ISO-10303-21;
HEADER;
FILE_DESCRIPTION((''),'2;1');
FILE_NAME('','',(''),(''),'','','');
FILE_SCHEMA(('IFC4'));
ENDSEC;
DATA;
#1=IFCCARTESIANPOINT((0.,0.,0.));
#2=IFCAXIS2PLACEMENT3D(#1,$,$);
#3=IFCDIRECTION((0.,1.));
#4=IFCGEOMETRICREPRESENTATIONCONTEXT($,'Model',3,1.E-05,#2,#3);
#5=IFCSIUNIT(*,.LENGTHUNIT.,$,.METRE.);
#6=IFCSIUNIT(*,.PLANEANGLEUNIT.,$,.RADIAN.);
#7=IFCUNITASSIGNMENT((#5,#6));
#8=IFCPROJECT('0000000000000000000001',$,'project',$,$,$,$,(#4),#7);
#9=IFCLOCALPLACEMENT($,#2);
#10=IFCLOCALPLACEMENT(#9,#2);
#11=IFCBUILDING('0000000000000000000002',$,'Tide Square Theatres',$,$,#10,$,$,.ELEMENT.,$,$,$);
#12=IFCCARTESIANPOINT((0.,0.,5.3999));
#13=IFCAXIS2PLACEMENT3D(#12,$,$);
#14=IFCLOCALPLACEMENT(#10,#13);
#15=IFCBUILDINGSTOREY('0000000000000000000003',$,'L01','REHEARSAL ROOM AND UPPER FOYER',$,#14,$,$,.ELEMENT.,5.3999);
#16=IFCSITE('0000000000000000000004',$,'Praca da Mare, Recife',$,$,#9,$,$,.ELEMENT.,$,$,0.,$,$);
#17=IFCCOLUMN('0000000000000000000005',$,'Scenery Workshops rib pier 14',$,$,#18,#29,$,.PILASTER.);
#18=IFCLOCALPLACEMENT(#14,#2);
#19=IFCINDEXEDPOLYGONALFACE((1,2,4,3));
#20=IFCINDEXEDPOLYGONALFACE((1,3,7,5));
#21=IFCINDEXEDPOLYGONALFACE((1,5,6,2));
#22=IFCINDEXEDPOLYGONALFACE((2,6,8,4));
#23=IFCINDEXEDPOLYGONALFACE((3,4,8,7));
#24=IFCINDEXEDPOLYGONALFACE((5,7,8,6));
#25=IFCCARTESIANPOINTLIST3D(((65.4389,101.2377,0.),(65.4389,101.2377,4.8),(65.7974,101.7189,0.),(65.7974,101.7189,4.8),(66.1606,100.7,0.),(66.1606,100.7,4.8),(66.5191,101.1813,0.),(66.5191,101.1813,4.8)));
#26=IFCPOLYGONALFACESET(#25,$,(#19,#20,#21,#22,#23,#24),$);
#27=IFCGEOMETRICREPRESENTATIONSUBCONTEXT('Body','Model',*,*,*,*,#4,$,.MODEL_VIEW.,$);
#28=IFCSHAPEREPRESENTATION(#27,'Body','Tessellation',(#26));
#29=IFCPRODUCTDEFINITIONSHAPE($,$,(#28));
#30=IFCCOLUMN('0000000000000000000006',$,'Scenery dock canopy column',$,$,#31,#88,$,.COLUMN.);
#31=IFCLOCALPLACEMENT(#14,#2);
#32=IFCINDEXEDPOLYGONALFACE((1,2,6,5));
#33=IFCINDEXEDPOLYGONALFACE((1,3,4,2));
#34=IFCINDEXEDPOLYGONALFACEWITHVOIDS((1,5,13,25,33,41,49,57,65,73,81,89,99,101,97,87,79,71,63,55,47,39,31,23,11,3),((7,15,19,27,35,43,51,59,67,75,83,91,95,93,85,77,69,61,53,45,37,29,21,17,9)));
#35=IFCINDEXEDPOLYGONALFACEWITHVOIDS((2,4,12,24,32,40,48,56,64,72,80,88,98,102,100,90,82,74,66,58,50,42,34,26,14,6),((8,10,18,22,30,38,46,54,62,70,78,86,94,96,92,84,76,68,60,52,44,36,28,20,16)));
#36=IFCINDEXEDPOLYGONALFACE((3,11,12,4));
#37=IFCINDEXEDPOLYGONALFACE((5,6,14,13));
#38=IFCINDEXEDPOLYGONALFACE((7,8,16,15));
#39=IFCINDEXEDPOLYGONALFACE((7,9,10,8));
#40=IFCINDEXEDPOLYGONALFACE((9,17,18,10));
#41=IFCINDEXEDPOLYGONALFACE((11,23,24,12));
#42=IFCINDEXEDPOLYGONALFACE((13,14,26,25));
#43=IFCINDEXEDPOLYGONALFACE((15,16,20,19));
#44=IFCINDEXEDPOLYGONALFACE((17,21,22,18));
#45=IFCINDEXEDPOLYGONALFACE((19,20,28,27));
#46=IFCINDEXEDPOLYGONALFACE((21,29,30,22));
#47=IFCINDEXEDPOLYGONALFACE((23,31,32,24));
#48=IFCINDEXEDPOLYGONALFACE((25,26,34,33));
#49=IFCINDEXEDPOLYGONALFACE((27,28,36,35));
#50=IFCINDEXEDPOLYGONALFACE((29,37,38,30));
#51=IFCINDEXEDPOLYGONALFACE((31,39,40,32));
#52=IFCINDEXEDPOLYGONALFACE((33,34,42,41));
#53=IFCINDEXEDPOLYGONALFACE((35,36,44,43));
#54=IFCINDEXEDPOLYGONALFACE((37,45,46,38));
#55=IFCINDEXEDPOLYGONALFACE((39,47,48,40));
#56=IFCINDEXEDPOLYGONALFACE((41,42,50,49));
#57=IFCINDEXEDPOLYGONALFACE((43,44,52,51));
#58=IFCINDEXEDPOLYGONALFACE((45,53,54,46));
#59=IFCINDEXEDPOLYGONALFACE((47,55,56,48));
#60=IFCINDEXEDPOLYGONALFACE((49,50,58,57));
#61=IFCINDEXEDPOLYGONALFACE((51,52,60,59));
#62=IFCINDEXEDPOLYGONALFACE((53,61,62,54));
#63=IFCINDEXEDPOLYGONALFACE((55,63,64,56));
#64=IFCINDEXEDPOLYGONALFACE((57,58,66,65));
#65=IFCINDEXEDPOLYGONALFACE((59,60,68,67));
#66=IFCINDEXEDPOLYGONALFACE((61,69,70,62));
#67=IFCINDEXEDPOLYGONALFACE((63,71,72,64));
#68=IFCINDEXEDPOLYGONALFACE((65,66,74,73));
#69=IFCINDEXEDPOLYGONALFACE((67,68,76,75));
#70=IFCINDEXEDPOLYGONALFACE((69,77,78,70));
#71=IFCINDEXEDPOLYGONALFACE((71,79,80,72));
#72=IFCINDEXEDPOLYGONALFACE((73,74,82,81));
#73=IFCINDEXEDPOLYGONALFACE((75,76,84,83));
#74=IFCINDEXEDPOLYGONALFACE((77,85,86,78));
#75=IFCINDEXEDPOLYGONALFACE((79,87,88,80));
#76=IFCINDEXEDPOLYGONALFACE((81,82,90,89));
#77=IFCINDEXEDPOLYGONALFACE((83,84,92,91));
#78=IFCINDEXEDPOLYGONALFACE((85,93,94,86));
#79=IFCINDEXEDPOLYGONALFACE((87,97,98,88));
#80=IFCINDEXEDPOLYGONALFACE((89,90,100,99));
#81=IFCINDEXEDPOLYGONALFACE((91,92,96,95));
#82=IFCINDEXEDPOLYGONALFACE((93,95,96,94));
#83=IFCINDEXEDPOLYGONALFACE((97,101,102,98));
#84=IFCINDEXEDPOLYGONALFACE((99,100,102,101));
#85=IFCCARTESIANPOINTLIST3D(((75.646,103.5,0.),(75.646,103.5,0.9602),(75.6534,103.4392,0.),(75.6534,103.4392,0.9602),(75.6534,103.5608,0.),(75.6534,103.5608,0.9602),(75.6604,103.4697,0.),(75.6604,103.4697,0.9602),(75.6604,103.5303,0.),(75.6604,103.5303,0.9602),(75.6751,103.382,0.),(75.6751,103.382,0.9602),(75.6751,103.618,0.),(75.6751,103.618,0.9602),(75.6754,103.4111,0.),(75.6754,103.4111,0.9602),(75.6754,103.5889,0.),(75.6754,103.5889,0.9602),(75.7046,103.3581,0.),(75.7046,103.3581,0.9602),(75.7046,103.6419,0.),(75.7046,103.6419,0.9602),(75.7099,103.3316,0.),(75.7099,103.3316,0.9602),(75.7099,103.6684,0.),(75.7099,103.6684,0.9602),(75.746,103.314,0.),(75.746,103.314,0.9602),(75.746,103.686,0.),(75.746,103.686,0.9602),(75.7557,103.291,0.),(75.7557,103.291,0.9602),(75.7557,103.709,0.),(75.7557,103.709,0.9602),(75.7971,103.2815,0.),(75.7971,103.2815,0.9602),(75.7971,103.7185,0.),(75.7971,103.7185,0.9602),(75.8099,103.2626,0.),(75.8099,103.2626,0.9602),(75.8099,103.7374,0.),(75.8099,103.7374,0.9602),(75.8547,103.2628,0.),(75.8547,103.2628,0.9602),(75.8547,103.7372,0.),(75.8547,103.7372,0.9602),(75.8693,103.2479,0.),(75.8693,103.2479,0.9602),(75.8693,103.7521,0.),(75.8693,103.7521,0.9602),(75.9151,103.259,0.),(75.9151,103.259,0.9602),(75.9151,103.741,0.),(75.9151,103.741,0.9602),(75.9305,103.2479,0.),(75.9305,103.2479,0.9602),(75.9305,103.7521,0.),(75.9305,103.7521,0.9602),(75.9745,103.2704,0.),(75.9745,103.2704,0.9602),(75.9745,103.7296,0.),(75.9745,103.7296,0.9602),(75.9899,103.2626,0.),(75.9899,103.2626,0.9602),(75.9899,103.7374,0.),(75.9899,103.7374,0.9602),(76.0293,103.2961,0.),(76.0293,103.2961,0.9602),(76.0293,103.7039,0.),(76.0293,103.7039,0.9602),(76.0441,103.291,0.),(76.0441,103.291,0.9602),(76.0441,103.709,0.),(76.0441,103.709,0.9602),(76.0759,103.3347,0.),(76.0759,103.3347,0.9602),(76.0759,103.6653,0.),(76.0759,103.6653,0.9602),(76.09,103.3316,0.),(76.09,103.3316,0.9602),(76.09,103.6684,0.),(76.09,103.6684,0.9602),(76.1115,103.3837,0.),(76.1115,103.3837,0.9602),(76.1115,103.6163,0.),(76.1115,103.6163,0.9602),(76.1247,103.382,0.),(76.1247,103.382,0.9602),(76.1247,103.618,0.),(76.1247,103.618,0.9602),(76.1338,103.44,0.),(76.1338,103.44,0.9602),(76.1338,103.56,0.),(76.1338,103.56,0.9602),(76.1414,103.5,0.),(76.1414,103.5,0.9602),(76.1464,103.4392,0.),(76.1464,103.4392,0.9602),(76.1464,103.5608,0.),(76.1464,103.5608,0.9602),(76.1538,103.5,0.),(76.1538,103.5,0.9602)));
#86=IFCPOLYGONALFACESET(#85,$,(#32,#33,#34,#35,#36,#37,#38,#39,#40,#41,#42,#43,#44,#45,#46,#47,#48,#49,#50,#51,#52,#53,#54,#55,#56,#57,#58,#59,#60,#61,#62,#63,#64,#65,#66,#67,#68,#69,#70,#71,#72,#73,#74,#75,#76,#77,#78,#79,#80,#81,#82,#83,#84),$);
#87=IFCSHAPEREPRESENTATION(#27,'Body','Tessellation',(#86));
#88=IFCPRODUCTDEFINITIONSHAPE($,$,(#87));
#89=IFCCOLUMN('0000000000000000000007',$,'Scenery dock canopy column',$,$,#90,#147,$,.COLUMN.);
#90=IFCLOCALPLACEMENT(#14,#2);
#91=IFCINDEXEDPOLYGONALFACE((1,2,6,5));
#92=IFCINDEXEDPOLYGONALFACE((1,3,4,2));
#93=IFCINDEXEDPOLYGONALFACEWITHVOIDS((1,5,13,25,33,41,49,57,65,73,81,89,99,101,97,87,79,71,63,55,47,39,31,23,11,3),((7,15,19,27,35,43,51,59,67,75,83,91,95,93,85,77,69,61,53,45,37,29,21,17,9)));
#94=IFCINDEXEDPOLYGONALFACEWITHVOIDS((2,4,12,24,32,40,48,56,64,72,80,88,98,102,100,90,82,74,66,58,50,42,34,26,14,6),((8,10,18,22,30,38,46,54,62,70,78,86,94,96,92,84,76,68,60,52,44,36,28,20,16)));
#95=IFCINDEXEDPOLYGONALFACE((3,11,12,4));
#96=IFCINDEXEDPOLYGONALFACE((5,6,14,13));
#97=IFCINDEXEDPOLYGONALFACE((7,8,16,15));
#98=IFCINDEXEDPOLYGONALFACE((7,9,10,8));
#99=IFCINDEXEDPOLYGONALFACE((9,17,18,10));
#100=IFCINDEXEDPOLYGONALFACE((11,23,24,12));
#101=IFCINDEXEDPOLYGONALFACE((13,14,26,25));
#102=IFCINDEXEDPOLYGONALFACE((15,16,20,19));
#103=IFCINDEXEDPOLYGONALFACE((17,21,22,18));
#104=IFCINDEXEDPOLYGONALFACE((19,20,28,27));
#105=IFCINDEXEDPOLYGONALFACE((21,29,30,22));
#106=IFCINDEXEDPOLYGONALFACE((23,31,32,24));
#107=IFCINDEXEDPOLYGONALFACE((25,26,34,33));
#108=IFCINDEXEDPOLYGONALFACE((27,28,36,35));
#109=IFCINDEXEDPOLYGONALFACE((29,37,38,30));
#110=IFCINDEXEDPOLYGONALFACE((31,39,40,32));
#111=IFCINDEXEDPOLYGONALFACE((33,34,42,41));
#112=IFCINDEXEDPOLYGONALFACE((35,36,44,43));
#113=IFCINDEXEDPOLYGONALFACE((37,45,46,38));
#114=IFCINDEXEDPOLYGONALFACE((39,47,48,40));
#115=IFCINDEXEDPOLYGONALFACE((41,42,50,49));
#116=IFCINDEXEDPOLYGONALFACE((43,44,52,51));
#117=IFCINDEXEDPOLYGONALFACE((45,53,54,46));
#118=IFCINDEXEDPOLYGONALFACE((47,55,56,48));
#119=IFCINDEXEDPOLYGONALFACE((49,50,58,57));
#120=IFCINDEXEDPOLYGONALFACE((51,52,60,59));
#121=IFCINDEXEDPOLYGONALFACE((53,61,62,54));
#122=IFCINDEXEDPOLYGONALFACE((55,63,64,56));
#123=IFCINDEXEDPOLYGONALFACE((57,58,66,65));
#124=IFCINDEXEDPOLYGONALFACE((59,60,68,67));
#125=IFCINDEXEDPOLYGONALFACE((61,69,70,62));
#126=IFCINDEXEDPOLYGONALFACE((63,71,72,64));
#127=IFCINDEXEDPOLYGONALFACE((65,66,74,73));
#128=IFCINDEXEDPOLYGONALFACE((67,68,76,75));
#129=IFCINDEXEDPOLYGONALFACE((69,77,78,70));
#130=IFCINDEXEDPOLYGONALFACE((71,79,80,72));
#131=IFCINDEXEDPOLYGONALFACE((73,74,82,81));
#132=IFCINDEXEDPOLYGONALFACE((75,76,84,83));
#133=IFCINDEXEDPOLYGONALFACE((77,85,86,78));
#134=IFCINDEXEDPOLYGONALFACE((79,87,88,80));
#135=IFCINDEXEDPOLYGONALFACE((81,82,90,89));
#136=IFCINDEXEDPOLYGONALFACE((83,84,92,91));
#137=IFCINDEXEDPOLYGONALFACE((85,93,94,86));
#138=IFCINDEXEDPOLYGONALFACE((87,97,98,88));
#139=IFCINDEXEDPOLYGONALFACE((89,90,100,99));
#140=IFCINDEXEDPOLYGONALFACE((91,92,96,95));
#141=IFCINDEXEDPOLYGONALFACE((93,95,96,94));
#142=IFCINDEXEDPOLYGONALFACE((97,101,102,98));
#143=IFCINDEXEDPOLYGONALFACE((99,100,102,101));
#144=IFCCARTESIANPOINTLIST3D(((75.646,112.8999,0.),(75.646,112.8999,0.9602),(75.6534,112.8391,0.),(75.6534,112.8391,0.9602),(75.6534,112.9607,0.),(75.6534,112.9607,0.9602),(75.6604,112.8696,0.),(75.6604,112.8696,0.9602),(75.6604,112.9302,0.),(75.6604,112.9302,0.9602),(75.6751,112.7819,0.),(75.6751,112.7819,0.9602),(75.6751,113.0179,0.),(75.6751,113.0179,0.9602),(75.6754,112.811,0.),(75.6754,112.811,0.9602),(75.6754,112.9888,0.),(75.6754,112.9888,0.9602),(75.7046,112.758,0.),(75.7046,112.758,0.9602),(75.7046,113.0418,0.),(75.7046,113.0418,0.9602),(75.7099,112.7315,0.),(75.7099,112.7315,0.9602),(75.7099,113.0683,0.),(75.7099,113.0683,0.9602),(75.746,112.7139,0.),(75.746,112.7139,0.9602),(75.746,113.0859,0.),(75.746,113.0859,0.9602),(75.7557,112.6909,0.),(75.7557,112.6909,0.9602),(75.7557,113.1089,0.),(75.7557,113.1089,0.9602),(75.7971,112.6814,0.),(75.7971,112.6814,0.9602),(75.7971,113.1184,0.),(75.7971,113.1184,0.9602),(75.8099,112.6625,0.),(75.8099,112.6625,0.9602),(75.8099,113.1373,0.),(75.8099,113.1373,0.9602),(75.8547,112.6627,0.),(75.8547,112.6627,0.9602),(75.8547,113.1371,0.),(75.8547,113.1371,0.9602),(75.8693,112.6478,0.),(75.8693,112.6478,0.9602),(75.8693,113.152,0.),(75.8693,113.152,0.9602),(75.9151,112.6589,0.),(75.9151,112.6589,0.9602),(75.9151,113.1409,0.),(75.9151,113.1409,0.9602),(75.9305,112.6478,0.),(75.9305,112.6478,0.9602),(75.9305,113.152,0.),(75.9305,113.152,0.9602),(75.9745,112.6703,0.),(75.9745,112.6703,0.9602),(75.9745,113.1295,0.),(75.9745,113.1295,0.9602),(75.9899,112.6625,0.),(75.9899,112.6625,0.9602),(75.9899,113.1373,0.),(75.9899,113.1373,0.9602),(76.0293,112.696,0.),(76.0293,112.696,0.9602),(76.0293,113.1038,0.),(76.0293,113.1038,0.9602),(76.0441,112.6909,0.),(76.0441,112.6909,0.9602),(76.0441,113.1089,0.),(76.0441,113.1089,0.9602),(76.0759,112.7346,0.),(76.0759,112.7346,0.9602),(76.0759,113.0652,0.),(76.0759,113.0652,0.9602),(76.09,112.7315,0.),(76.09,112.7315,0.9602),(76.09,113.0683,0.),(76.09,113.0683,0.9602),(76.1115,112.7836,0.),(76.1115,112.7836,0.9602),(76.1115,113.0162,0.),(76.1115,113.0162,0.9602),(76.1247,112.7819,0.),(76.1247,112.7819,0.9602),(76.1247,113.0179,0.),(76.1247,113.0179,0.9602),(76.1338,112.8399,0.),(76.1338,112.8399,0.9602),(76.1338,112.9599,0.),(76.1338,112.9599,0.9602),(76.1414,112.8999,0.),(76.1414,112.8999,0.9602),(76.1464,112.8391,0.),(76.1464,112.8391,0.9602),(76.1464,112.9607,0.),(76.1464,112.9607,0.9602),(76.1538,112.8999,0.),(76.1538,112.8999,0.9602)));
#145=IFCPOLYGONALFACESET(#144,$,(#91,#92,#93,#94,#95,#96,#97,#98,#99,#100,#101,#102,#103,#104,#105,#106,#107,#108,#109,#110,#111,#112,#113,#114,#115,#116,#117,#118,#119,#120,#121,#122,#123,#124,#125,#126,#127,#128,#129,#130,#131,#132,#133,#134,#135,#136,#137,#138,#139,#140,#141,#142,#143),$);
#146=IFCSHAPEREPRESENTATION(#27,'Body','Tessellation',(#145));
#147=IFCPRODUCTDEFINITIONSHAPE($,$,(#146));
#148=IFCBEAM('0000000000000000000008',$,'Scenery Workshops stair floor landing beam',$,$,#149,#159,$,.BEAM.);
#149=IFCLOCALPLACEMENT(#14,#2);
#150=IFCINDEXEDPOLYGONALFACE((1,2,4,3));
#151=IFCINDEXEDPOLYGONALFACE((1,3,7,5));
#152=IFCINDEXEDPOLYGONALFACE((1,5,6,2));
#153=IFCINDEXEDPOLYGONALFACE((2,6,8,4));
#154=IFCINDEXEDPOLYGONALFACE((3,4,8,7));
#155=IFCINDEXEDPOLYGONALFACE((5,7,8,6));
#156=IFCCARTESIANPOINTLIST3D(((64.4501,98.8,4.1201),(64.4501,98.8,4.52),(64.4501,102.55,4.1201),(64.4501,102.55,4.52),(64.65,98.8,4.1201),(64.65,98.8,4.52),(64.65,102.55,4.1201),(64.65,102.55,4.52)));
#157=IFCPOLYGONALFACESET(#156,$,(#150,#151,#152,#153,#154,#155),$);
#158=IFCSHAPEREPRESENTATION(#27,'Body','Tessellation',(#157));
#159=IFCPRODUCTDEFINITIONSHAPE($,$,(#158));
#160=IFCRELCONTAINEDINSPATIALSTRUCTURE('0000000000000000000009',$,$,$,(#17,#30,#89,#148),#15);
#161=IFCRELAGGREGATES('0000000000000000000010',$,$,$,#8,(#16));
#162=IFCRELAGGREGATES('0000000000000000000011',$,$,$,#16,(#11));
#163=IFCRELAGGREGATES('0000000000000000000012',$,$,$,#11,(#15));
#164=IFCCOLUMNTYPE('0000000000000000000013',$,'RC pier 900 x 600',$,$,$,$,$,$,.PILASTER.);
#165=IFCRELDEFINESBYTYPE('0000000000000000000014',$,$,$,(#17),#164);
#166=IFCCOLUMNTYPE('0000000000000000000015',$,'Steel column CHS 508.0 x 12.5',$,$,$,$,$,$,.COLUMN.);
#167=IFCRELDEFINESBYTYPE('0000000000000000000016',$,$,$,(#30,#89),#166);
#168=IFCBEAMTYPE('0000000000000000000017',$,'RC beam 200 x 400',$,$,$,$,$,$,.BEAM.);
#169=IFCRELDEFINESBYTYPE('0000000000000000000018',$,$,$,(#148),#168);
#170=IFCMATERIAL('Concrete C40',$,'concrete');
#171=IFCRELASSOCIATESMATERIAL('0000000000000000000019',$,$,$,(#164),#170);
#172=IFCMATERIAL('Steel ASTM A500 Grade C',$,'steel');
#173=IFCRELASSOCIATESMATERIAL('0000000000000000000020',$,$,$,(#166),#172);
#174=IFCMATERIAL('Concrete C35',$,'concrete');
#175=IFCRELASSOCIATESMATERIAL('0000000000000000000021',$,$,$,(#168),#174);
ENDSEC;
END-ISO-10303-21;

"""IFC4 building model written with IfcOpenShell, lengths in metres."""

from ifc_helpers import new_model, si_unit, direction, frame, origin, origin_2d, place, context, subcontext, project, spatial, rectangle, hollow_circle, extrude, material, material_profile, profile_set, type_object, element, save


model = new_model("IFC4")

# Units and contexts
model_context = context("Model", 3, precision=1e-05, world=origin(), true_north=direction((0.0, 1.0)))
body_context = subcontext(model_context, "Body", "Model", "MODEL_VIEW")
ifc_project = project(units=[si_unit("LENGTHUNIT", "METRE"), si_unit("PLANEANGLEUNIT", "RADIAN")], contexts=[model_context])

# Site, building, storey
site_placement = place(None, origin())
site = spatial("IfcSite", under=ifc_project, at=site_placement, Name="Praca da Mare, Recife", CompositionType="ELEMENT", RefElevation=0.0)
building_placement = place(site_placement, origin())
building = spatial("IfcBuilding", under=site, at=building_placement, Name="Tide Square Theatres", CompositionType="ELEMENT")
storey_placement = place(building_placement, frame((0.0, 0.0, 5.3999)))
storey = spatial("IfcBuildingStorey", under=building, at=storey_placement, Name="L01", Description="REHEARSAL ROOM AND UPPER FOYER", CompositionType="ELEMENT", Elevation=5.3999)

# Columns
ifc_material_1 = material(Name="Concrete C40", Category="concrete")
ifc_material_profile_1 = material_profile(ifc_material_1, rectangle(XDim=0.8999, YDim=0.6001, at=origin_2d()))
ifc_profile_set_1 = profile_set([ifc_material_profile_1], Name="Concrete C40")
column_type_1 = type_object("IfcColumnType", Name="RC pier 900 x 600", PredefinedType="PILASTER", material=ifc_profile_set_1)
column_placement = place(storey_placement, frame((65.979, 101.2095, 0.0), z_axis=(0.0, 0.0, 1.0), x_axis=(-0.801928, 0.597421, 0.0)))
element("IfcColumn", 1, at=column_placement, inside=storey, type_object=column_type_1, Name="Scenery Workshops rib pier 14", PredefinedType="PILASTER", context=body_context, shape_type="SweptSolid", body=[
    extrude(rectangle(XDim=0.8999, YDim=0.6001, at=origin_2d()), origin(), (0.0, 0.0, 1.0), 4.8),
])
ifc_material_2 = material(Name="Steel ASTM A500 Grade C", Category="steel")
ifc_material_profile_2 = material_profile(ifc_material_2, hollow_circle(Radius=0.2539, WallThickness=0.0125, at=origin_2d()))
ifc_profile_set_2 = profile_set([ifc_material_profile_2], Name="Steel ASTM A500 Grade C")
column_type_2 = type_object("IfcColumnType", Name="Steel column CHS 508.0 x 12.5", PredefinedType="COLUMN", material=ifc_profile_set_2)
for number, where, z_axis, x_axis, name in (
    (2, (75.8999, 103.5, 0.0), (0.0, 0.0, 1.0), (1.0, 0.0, 0.0), "Scenery dock canopy column"),
    (3, (75.8999, 112.8999, 0.0), (0.0, 0.0, 1.0), (1.0, 0.0, 0.0), "Scenery dock canopy column"),
):
    element("IfcColumn", number, at=place(storey_placement, frame(where, z_axis=z_axis, x_axis=x_axis)), inside=storey, type_object=column_type_2, Name=name, PredefinedType="COLUMN", context=body_context, shape_type="SweptSolid", body=[
        extrude(hollow_circle(Radius=0.2539, WallThickness=0.0125, at=origin_2d()), origin(), (0.0, 0.0, 1.0), 0.9602),
    ])

# Beam
ifc_material_3 = material(Name="Concrete C35", Category="concrete")
ifc_material_profile_3 = material_profile(ifc_material_3, rectangle(XDim=0.2, YDim=0.3999, at=origin_2d()))
ifc_profile_set_3 = profile_set([ifc_material_profile_3], Name="Concrete C35")
beam_type_1 = type_object("IfcBeamType", Name="RC beam 200 x 400", PredefinedType="BEAM", material=ifc_profile_set_3)
beam_1_placement = place(storey_placement, frame((64.55, 102.55, 4.3201), z_axis=(0.0, -1.0, 0.0), x_axis=(1.0, 0.0, 0.0)))
element("IfcBeam", 4, at=beam_1_placement, inside=storey, type_object=beam_type_1, Name="Scenery Workshops stair floor landing beam", PredefinedType="BEAM", context=body_context, shape_type="SweptSolid", body=[
    extrude(rectangle(XDim=0.2, YDim=0.3999, at=origin_2d()), origin(), (0.0, 0.0, 1.0), 3.75),
])

save(model, "model.ifc")
